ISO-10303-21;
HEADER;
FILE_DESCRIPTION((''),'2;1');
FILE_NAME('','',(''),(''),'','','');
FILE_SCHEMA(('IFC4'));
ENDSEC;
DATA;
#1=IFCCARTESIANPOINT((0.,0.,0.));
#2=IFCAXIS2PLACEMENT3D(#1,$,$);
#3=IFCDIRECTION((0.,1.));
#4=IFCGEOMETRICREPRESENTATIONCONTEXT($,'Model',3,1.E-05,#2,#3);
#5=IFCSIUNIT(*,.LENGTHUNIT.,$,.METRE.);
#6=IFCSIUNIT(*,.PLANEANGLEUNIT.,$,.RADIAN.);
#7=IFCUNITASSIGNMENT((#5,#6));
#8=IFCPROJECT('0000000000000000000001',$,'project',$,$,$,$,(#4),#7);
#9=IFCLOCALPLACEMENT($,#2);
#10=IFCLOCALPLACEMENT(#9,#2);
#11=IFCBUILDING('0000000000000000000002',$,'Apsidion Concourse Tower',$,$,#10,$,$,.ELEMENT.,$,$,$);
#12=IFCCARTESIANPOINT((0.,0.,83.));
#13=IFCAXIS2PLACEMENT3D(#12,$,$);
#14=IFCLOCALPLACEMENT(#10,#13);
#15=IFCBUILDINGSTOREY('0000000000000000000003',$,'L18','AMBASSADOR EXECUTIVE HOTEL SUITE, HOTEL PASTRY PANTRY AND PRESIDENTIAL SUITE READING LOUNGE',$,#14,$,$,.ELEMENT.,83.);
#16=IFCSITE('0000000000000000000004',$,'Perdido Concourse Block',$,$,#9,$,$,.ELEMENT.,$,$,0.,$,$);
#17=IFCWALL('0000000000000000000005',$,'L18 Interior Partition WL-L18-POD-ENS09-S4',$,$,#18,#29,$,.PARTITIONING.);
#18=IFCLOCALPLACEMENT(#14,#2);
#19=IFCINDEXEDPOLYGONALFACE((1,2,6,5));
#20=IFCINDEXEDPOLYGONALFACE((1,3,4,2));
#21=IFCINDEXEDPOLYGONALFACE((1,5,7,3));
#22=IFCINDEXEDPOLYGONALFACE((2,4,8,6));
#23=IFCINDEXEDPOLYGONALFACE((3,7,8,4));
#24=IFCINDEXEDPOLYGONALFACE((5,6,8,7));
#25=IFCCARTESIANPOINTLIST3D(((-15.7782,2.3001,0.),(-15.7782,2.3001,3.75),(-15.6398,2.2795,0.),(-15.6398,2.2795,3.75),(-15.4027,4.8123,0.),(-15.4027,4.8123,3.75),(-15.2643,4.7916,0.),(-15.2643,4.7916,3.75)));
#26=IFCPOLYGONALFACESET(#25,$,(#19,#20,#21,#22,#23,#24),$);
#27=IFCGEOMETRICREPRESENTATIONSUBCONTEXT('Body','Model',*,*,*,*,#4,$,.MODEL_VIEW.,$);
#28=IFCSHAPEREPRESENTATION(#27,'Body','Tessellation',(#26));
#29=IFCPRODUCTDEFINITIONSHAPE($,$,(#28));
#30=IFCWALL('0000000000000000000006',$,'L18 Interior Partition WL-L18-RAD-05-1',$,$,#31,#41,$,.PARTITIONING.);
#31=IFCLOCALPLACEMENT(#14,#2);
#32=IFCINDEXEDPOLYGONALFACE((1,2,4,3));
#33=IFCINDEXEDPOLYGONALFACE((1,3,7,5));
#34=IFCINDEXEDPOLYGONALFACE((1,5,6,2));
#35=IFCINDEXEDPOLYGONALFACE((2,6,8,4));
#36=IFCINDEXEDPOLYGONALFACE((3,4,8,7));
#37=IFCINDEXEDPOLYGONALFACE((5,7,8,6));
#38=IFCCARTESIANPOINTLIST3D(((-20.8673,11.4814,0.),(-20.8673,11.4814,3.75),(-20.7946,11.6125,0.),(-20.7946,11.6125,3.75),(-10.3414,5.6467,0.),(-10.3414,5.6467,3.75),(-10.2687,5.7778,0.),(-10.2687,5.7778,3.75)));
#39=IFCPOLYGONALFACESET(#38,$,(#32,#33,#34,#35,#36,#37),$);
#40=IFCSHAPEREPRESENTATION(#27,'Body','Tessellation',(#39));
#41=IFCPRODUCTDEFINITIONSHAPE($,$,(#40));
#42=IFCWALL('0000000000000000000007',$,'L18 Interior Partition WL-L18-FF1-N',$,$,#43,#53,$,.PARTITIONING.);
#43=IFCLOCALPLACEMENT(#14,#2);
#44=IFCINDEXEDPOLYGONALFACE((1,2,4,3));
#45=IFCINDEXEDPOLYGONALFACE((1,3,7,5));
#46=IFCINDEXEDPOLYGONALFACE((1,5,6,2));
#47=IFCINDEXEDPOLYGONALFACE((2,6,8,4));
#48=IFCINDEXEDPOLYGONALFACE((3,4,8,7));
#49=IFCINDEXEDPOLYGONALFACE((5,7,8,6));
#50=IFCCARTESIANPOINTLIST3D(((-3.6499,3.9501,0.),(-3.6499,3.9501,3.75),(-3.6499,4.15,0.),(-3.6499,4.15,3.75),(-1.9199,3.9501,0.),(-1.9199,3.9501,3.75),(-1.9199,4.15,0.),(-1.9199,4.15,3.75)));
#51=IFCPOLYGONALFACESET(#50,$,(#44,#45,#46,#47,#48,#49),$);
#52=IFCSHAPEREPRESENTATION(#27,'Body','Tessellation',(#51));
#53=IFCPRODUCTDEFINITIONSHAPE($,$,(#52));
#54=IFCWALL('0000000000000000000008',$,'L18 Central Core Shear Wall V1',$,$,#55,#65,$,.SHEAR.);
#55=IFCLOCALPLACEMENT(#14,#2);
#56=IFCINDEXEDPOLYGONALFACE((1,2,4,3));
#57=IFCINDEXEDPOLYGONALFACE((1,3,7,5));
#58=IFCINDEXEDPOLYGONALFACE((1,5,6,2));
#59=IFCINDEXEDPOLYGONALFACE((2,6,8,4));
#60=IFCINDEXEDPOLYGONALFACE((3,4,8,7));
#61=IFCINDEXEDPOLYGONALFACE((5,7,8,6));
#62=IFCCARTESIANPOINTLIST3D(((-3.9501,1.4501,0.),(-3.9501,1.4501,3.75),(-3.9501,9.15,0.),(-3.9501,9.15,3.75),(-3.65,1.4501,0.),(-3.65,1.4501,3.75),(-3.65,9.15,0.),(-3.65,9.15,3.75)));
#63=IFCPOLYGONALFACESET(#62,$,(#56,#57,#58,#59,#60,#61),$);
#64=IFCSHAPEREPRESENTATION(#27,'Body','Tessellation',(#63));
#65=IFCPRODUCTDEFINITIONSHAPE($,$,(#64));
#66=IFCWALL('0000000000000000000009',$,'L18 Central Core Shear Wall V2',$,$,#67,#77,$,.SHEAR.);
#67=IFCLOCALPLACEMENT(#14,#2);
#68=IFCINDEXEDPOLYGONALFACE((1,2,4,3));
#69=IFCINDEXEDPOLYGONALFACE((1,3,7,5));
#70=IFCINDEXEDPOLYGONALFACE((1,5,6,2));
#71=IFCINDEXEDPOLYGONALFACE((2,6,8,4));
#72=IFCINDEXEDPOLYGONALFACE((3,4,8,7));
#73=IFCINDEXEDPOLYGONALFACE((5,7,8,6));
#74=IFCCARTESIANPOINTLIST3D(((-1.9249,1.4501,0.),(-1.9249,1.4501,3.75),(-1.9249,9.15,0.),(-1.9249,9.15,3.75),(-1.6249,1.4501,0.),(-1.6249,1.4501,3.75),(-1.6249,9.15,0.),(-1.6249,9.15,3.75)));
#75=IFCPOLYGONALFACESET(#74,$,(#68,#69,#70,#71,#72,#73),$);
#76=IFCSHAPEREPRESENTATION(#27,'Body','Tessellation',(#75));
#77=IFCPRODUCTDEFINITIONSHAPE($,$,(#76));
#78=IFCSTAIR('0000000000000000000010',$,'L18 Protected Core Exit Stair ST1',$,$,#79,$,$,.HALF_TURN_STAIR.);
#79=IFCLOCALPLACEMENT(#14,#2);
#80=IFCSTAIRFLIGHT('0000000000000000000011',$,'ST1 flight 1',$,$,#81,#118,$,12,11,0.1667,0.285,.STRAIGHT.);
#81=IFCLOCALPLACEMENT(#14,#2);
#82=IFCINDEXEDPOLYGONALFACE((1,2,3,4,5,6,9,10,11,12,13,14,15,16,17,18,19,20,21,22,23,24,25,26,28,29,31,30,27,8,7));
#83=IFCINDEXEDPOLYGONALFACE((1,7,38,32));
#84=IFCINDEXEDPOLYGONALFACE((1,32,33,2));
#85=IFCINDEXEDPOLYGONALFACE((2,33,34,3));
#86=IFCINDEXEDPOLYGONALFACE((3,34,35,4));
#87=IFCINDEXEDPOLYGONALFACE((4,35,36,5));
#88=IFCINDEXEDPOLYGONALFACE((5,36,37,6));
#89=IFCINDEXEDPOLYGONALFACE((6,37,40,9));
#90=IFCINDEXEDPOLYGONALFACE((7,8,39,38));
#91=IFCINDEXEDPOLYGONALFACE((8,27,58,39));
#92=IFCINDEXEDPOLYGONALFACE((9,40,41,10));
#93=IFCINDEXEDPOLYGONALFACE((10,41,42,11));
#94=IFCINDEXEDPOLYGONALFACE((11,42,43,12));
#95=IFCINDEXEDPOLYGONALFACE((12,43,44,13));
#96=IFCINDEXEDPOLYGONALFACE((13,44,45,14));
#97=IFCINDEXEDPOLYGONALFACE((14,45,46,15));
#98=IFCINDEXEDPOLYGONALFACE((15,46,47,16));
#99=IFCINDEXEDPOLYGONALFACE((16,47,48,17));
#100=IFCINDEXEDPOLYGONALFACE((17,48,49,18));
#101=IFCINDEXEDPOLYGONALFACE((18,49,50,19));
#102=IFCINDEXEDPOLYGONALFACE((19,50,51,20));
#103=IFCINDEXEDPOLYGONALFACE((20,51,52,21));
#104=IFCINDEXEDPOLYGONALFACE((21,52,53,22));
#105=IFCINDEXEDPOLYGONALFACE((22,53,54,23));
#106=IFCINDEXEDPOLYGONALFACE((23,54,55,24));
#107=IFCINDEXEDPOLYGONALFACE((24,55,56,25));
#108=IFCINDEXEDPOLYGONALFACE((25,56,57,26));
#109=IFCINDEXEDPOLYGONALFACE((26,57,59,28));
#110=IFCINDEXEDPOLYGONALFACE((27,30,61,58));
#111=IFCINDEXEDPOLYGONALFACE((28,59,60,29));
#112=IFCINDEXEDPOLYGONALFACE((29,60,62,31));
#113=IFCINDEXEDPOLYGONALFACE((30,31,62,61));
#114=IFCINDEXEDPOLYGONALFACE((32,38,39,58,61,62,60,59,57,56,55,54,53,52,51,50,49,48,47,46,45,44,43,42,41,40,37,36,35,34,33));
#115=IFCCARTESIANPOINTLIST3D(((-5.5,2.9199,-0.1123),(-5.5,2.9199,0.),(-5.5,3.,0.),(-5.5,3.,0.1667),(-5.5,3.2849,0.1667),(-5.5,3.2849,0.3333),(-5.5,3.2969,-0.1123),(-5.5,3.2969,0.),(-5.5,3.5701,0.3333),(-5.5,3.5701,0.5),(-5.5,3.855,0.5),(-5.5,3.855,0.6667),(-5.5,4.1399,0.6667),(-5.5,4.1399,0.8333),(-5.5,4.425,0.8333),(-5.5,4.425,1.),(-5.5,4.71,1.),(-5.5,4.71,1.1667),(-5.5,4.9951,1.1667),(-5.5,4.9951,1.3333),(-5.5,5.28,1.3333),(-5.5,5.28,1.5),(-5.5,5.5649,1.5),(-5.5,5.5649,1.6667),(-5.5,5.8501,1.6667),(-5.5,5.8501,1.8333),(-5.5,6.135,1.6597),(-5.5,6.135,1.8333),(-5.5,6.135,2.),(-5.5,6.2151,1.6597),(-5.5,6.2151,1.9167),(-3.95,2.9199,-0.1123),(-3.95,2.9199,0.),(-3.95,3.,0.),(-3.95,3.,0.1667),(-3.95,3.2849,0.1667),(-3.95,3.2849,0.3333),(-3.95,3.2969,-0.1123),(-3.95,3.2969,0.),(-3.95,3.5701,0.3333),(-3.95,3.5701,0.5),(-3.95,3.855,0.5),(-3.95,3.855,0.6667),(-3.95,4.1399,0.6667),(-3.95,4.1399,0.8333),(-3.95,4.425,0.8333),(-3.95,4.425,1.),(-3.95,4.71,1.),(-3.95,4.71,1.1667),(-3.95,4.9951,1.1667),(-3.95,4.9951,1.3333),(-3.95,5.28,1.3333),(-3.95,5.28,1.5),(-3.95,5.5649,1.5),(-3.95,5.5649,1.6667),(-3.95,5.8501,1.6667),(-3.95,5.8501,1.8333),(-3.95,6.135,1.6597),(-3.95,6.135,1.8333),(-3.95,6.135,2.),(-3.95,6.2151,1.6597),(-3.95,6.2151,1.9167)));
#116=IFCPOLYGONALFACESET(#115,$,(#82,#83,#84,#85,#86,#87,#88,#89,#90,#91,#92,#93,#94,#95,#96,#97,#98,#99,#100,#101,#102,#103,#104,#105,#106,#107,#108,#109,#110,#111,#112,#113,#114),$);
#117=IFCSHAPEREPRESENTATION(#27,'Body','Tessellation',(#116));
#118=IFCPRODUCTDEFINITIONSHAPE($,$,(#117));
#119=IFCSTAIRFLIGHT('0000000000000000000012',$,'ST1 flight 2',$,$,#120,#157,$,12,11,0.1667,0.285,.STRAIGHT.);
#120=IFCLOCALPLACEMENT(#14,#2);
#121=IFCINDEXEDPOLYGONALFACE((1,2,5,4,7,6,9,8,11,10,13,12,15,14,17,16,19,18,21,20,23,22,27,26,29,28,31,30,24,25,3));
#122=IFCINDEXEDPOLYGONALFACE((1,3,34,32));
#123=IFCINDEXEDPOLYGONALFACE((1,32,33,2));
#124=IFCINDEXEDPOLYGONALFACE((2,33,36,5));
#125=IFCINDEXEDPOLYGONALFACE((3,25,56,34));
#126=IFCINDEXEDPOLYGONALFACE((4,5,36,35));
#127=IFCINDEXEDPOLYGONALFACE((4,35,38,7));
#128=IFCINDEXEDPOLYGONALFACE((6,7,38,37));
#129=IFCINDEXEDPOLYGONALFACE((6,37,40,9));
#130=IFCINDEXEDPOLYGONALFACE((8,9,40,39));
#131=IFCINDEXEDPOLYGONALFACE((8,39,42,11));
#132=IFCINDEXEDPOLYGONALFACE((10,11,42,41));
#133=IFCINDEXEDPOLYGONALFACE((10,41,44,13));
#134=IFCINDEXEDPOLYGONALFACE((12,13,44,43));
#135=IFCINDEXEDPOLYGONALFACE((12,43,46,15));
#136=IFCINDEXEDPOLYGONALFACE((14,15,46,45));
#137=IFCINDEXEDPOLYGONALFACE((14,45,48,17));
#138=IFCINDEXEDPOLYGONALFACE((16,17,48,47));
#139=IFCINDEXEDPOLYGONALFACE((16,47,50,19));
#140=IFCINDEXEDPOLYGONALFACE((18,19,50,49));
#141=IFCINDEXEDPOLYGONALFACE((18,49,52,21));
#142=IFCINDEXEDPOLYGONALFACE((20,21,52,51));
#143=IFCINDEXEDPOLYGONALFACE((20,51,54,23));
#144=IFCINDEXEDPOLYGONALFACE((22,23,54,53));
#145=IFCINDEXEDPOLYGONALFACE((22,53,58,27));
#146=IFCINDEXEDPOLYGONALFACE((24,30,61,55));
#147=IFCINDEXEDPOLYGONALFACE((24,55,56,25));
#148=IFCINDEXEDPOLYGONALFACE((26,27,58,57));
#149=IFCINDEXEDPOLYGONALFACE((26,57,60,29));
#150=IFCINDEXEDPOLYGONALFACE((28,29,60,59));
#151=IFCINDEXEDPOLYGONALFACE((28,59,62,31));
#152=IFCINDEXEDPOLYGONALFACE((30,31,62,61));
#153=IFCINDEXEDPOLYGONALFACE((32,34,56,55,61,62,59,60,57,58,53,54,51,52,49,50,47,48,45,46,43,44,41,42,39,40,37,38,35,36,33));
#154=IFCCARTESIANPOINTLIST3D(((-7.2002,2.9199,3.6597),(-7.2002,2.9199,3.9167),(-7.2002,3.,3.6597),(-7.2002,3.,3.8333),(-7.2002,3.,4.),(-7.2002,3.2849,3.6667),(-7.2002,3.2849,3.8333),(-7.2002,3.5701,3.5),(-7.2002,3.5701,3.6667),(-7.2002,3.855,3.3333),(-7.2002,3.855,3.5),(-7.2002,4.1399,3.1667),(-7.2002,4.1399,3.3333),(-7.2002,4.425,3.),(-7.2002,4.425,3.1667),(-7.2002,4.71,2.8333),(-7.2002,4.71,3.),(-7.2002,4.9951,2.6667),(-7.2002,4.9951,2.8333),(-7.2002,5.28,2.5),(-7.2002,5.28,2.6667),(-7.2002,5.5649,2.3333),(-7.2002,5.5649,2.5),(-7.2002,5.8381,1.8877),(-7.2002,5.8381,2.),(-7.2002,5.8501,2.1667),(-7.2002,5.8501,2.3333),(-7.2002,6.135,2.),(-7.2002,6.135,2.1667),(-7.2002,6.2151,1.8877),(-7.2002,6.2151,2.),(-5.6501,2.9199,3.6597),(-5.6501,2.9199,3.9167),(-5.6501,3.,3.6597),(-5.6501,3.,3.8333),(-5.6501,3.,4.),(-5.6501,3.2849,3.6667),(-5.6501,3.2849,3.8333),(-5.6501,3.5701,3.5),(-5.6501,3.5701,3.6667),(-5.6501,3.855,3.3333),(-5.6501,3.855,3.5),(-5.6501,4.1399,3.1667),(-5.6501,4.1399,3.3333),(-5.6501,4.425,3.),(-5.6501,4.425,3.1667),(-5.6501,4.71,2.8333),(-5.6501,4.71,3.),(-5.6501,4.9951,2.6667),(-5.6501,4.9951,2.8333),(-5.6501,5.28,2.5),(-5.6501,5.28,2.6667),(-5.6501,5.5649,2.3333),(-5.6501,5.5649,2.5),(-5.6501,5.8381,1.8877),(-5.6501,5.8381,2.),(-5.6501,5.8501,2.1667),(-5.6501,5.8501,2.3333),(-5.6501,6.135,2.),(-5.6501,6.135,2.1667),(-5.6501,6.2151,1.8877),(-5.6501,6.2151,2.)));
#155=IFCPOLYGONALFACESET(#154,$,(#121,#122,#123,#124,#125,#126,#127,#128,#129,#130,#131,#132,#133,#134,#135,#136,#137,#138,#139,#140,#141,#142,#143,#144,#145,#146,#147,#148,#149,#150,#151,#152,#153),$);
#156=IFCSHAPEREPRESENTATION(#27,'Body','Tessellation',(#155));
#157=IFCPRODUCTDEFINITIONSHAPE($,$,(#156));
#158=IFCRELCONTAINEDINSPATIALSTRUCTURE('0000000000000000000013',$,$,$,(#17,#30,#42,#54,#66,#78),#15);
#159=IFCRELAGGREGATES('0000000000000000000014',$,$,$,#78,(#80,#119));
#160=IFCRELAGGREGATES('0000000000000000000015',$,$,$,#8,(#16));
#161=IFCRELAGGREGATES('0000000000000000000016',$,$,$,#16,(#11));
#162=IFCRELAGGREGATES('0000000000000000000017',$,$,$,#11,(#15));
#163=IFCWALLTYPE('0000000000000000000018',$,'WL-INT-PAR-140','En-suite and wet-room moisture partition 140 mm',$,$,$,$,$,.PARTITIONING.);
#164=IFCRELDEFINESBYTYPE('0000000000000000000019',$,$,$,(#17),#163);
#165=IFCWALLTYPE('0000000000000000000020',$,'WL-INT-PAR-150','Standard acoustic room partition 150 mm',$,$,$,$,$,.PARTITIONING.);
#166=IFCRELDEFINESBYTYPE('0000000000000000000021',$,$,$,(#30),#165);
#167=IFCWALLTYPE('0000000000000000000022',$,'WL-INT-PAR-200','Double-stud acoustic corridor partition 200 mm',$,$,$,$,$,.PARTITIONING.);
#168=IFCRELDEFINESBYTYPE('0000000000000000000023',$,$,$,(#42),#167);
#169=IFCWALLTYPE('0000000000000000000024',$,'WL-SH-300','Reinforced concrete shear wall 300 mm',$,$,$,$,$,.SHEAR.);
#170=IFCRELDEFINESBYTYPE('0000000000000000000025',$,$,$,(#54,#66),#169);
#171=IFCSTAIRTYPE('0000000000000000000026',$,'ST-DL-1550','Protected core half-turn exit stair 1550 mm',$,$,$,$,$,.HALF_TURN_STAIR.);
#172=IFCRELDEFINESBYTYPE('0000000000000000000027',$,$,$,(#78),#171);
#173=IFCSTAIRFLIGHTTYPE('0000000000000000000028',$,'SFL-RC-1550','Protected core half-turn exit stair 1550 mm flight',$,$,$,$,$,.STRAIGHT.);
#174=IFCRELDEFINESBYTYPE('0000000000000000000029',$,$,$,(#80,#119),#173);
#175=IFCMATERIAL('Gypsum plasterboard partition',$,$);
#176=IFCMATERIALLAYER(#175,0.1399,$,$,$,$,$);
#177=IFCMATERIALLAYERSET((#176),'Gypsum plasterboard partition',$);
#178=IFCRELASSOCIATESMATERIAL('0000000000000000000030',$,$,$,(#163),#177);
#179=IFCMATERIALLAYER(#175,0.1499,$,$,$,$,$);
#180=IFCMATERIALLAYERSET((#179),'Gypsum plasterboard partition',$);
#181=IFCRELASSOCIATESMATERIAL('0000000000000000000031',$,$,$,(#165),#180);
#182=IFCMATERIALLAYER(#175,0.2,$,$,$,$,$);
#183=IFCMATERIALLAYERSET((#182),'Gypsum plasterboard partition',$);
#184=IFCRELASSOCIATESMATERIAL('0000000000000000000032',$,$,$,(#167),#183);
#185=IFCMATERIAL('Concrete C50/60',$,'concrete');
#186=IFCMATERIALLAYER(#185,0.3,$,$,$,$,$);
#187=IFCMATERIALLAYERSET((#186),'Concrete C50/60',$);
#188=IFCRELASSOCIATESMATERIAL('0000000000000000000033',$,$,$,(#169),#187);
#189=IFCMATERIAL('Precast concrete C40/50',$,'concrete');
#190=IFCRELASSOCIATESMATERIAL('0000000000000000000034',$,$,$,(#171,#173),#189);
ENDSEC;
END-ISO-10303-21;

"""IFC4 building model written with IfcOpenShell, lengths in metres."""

from ifc_helpers import new_model, si_unit, direction, frame, frame_2d, origin, place, context, subcontext, project, spatial, polyline, rectangle, outline, extrude, material, layer, layer_set, type_object, element, aggregate, save


model = new_model("IFC4")

# Units and contexts
model_context = context("Model", 3, precision=1e-05, world=origin(), true_north=direction((0.0, 1.0)))
body_context = subcontext(model_context, "Body", "Model", "MODEL_VIEW")
ifc_project = project(units=[si_unit("LENGTHUNIT", "METRE"), si_unit("PLANEANGLEUNIT", "RADIAN")], contexts=[model_context])

# Site, building, storey
site_placement = place(None, origin())
site = spatial("IfcSite", under=ifc_project, at=site_placement, Name="Perdido Concourse Block", CompositionType="ELEMENT", RefElevation=0.0)
building_placement = place(site_placement, origin())
building = spatial("IfcBuilding", under=site, at=building_placement, Name="Apsidion Concourse Tower", CompositionType="ELEMENT")
storey_placement = place(building_placement, frame((0.0, 0.0, 83.0)))
storey = spatial("IfcBuildingStorey", under=building, at=storey_placement, Name="L18", Description="AMBASSADOR EXECUTIVE HOTEL SUITE, HOTEL PASTRY PANTRY AND PRESIDENTIAL SUITE READING LOUNGE", CompositionType="ELEMENT", Elevation=83.0)

# Shared definitions
ifc_material_1 = material(Name="Concrete C50/60", Category="concrete")

# Shared definitions
ifc_material_2 = material(Name="Gypsum plasterboard partition")
ifc_layer_1 = layer(ifc_material_2, 0.1399)
ifc_layer_set_1 = layer_set([ifc_layer_1], Name="Gypsum plasterboard partition")
wall_type_1 = type_object("IfcWallType", Name="WL-INT-PAR-140", Description="En-suite and wet-room moisture partition 140 mm", PredefinedType="PARTITIONING", material=ifc_layer_set_1)

# Walls
wall_1_placement = place(storey_placement, frame((-15.709, 2.2898, 0.0), z_axis=(0.0, 0.0, 1.0), x_axis=(0.147823, 0.989014, 0.0)))
element("IfcWall", 1, at=wall_1_placement, inside=storey, type_object=wall_type_1, Name="L18 Interior Partition WL-L18-POD-ENS09-S4", PredefinedType="PARTITIONING", context=body_context, shape_type="SweptSolid", body=[
    extrude(rectangle(XDim=2.54, YDim=0.1399, at=frame_2d((1.27, 0.0))), origin(), (0.0, 0.0, 1.0), 3.75),
])
ifc_layer_2 = layer(ifc_material_2, 0.1499)
ifc_layer_set_2 = layer_set([ifc_layer_2], Name="Gypsum plasterboard partition")
wall_type_2 = type_object("IfcWallType", Name="WL-INT-PAR-150", Description="Standard acoustic room partition 150 mm", PredefinedType="PARTITIONING", material=ifc_layer_set_2)
wall_2_placement = place(storey_placement, frame((-10.3049, 5.7122, 0.0), z_axis=(0.0, 0.0, 1.0), x_axis=(-0.874615, 0.484818, 0.0)))
element("IfcWall", 2, at=wall_2_placement, inside=storey, type_object=wall_type_2, Name="L18 Interior Partition WL-L18-RAD-05-1", PredefinedType="PARTITIONING", context=body_context, shape_type="SweptSolid", body=[
    extrude(rectangle(XDim=12.0349, YDim=0.1499, at=frame_2d((6.0176, 0.0))), origin(), (0.0, 0.0, 1.0), 3.75),
])
ifc_layer_3 = layer(ifc_material_2, 0.2)
ifc_layer_set_3 = layer_set([ifc_layer_3], Name="Gypsum plasterboard partition")
wall_type_3 = type_object("IfcWallType", Name="WL-INT-PAR-200", Description="Double-stud acoustic corridor partition 200 mm", PredefinedType="PARTITIONING", material=ifc_layer_set_3)
wall_3_placement = place(storey_placement, frame((-3.6499, 4.05, 0.0), z_axis=(0.0, 0.0, 1.0), x_axis=(1.0, 0.0, 0.0)))
element("IfcWall", 3, at=wall_3_placement, inside=storey, type_object=wall_type_3, Name="L18 Interior Partition WL-L18-FF1-N", PredefinedType="PARTITIONING", context=body_context, shape_type="SweptSolid", body=[
    extrude(rectangle(XDim=1.73, YDim=0.2, at=frame_2d((0.865, 0.0))), origin(), (0.0, 0.0, 1.0), 3.75),
])
ifc_layer_4 = layer(ifc_material_1, 0.3)
ifc_layer_set_4 = layer_set([ifc_layer_4], Name="Concrete C50/60")
wall_type_4 = type_object("IfcWallType", Name="WL-SH-300", Description="Reinforced concrete shear wall 300 mm", PredefinedType="SHEAR", material=ifc_layer_set_4)
for number, where, z_axis, x_axis, name in (
    (4, (-3.8, 1.45, 0.0), (0.0, 0.0, 1.0), (0.0, 1.0, 0.0), "L18 Central Core Shear Wall V1"),
    (5, (-1.7749, 1.45, 0.0), (0.0, 0.0, 1.0), (0.0, 1.0, 0.0), "L18 Central Core Shear Wall V2"),
):
    element("IfcWall", number, at=place(storey_placement, frame(where, z_axis=z_axis, x_axis=x_axis)), inside=storey, type_object=wall_type_4, Name=name, PredefinedType="SHEAR", context=body_context, shape_type="SweptSolid", body=[
        extrude(rectangle(XDim=7.7, YDim=0.3, at=frame_2d((3.8501, 0.0))), origin(), (0.0, 0.0, 1.0), 3.75),
    ])

# Stair, stair flights
ifc_material_3 = material(Name="Precast concrete C40/50", Category="concrete")
stair_type = type_object("IfcStairType", Name="ST-DL-1550", Description="Protected core half-turn exit stair 1550 mm", PredefinedType="HALF_TURN_STAIR", material=ifc_material_3)
stair_placement = place(storey_placement, origin())
stair = element("IfcStair", 6, at=stair_placement, inside=storey, type_object=stair_type, Name="L18 Protected Core Exit Stair ST1", PredefinedType="HALF_TURN_STAIR")
stair_flight_type = type_object("IfcStairFlightType", Name="SFL-RC-1550", Description="Protected core half-turn exit stair 1550 mm flight", PredefinedType="STRAIGHT", material=ifc_material_3)
stair_flight_1_placement = place(storey_placement, frame((-4.7251, 3.0, 0.0), z_axis=(0.0, 0.0, 1.0), x_axis=(0.0, 1.0, 0.0)))
stair_flight_1 = element("IfcStairFlight", 7, at=stair_flight_1_placement, type_object=stair_flight_type, Name="ST1 flight 1", NumberOfRisers=12, NumberOfTreads=11, PredefinedType="STRAIGHT", RiserHeight=0.1667, TreadLength=0.285, context=body_context, shape_type="SweptSolid", body=[
    extrude(outline(polyline([(-0.0801, -0.1123), (-0.0801, 0.0), (0.0, 0.0), (0.0, 0.1667), (0.2849, 0.1667), (0.2849, 0.3333), (0.5701, 0.3333), (0.5701, 0.5), (0.855, 0.5), (0.855, 0.6667), (1.1399, 0.6667), (1.1399, 0.8333), (1.425, 0.8333), (1.425, 1.0), (1.71, 1.0), (1.71, 1.1667), (1.9951, 1.1667), (1.9951, 1.3333), (2.28, 1.3333), (2.28, 1.5), (2.5649, 1.5), (2.5649, 1.6667), (2.8501, 1.6667), (2.8501, 1.8333), (3.135, 1.8333), (3.135, 2.0), (3.2151, 1.9167), (3.2151, 1.6597), (3.135, 1.6597), (0.2969, 0.0), (0.2969, -0.1123), (-0.0801, -0.1123)])), frame((0.0, 0.7749, 0.0), z_axis=(0.0, -1.0, 0.0), x_axis=(1.0, 0.0, 0.0)), (0.0, 0.0, 1.0), 1.55),
])
stair_flight_2_placement = place(storey_placement, frame((-6.425, 6.135, 2.0), z_axis=(0.0, 0.0, 1.0), x_axis=(0.0, -1.0, 0.0)))
stair_flight_2 = element("IfcStairFlight", 8, at=stair_flight_2_placement, type_object=stair_flight_type, Name="ST1 flight 2", NumberOfRisers=12, NumberOfTreads=11, PredefinedType="STRAIGHT", RiserHeight=0.1667, TreadLength=0.285, context=body_context, shape_type="SweptSolid", body=[
    extrude(outline(polyline([(-0.0801, -0.1123), (-0.0801, 0.0), (0.0, 0.0), (0.0, 0.1667), (0.2849, 0.1667), (0.2849, 0.3333), (0.5701, 0.3333), (0.5701, 0.5), (0.855, 0.5), (0.855, 0.6667), (1.1399, 0.6667), (1.1399, 0.8333), (1.425, 0.8333), (1.425, 1.0), (1.71, 1.0), (1.71, 1.1667), (1.9951, 1.1667), (1.9951, 1.3333), (2.28, 1.3333), (2.28, 1.5), (2.5649, 1.5), (2.5649, 1.6667), (2.8501, 1.6667), (2.8501, 1.8333), (3.135, 1.8333), (3.135, 2.0), (3.2151, 1.9167), (3.2151, 1.6597), (3.135, 1.6597), (0.2969, 0.0), (0.2969, -0.1123), (-0.0801, -0.1123)])), frame((0.0, 0.7749, 0.0), z_axis=(0.0, -1.0, 0.0), x_axis=(1.0, 0.0, 0.0)), (0.0, 0.0, 1.0), 1.55),
])
aggregate(stair, [stair_flight_1, stair_flight_2])

save(model, "model.ifc")
